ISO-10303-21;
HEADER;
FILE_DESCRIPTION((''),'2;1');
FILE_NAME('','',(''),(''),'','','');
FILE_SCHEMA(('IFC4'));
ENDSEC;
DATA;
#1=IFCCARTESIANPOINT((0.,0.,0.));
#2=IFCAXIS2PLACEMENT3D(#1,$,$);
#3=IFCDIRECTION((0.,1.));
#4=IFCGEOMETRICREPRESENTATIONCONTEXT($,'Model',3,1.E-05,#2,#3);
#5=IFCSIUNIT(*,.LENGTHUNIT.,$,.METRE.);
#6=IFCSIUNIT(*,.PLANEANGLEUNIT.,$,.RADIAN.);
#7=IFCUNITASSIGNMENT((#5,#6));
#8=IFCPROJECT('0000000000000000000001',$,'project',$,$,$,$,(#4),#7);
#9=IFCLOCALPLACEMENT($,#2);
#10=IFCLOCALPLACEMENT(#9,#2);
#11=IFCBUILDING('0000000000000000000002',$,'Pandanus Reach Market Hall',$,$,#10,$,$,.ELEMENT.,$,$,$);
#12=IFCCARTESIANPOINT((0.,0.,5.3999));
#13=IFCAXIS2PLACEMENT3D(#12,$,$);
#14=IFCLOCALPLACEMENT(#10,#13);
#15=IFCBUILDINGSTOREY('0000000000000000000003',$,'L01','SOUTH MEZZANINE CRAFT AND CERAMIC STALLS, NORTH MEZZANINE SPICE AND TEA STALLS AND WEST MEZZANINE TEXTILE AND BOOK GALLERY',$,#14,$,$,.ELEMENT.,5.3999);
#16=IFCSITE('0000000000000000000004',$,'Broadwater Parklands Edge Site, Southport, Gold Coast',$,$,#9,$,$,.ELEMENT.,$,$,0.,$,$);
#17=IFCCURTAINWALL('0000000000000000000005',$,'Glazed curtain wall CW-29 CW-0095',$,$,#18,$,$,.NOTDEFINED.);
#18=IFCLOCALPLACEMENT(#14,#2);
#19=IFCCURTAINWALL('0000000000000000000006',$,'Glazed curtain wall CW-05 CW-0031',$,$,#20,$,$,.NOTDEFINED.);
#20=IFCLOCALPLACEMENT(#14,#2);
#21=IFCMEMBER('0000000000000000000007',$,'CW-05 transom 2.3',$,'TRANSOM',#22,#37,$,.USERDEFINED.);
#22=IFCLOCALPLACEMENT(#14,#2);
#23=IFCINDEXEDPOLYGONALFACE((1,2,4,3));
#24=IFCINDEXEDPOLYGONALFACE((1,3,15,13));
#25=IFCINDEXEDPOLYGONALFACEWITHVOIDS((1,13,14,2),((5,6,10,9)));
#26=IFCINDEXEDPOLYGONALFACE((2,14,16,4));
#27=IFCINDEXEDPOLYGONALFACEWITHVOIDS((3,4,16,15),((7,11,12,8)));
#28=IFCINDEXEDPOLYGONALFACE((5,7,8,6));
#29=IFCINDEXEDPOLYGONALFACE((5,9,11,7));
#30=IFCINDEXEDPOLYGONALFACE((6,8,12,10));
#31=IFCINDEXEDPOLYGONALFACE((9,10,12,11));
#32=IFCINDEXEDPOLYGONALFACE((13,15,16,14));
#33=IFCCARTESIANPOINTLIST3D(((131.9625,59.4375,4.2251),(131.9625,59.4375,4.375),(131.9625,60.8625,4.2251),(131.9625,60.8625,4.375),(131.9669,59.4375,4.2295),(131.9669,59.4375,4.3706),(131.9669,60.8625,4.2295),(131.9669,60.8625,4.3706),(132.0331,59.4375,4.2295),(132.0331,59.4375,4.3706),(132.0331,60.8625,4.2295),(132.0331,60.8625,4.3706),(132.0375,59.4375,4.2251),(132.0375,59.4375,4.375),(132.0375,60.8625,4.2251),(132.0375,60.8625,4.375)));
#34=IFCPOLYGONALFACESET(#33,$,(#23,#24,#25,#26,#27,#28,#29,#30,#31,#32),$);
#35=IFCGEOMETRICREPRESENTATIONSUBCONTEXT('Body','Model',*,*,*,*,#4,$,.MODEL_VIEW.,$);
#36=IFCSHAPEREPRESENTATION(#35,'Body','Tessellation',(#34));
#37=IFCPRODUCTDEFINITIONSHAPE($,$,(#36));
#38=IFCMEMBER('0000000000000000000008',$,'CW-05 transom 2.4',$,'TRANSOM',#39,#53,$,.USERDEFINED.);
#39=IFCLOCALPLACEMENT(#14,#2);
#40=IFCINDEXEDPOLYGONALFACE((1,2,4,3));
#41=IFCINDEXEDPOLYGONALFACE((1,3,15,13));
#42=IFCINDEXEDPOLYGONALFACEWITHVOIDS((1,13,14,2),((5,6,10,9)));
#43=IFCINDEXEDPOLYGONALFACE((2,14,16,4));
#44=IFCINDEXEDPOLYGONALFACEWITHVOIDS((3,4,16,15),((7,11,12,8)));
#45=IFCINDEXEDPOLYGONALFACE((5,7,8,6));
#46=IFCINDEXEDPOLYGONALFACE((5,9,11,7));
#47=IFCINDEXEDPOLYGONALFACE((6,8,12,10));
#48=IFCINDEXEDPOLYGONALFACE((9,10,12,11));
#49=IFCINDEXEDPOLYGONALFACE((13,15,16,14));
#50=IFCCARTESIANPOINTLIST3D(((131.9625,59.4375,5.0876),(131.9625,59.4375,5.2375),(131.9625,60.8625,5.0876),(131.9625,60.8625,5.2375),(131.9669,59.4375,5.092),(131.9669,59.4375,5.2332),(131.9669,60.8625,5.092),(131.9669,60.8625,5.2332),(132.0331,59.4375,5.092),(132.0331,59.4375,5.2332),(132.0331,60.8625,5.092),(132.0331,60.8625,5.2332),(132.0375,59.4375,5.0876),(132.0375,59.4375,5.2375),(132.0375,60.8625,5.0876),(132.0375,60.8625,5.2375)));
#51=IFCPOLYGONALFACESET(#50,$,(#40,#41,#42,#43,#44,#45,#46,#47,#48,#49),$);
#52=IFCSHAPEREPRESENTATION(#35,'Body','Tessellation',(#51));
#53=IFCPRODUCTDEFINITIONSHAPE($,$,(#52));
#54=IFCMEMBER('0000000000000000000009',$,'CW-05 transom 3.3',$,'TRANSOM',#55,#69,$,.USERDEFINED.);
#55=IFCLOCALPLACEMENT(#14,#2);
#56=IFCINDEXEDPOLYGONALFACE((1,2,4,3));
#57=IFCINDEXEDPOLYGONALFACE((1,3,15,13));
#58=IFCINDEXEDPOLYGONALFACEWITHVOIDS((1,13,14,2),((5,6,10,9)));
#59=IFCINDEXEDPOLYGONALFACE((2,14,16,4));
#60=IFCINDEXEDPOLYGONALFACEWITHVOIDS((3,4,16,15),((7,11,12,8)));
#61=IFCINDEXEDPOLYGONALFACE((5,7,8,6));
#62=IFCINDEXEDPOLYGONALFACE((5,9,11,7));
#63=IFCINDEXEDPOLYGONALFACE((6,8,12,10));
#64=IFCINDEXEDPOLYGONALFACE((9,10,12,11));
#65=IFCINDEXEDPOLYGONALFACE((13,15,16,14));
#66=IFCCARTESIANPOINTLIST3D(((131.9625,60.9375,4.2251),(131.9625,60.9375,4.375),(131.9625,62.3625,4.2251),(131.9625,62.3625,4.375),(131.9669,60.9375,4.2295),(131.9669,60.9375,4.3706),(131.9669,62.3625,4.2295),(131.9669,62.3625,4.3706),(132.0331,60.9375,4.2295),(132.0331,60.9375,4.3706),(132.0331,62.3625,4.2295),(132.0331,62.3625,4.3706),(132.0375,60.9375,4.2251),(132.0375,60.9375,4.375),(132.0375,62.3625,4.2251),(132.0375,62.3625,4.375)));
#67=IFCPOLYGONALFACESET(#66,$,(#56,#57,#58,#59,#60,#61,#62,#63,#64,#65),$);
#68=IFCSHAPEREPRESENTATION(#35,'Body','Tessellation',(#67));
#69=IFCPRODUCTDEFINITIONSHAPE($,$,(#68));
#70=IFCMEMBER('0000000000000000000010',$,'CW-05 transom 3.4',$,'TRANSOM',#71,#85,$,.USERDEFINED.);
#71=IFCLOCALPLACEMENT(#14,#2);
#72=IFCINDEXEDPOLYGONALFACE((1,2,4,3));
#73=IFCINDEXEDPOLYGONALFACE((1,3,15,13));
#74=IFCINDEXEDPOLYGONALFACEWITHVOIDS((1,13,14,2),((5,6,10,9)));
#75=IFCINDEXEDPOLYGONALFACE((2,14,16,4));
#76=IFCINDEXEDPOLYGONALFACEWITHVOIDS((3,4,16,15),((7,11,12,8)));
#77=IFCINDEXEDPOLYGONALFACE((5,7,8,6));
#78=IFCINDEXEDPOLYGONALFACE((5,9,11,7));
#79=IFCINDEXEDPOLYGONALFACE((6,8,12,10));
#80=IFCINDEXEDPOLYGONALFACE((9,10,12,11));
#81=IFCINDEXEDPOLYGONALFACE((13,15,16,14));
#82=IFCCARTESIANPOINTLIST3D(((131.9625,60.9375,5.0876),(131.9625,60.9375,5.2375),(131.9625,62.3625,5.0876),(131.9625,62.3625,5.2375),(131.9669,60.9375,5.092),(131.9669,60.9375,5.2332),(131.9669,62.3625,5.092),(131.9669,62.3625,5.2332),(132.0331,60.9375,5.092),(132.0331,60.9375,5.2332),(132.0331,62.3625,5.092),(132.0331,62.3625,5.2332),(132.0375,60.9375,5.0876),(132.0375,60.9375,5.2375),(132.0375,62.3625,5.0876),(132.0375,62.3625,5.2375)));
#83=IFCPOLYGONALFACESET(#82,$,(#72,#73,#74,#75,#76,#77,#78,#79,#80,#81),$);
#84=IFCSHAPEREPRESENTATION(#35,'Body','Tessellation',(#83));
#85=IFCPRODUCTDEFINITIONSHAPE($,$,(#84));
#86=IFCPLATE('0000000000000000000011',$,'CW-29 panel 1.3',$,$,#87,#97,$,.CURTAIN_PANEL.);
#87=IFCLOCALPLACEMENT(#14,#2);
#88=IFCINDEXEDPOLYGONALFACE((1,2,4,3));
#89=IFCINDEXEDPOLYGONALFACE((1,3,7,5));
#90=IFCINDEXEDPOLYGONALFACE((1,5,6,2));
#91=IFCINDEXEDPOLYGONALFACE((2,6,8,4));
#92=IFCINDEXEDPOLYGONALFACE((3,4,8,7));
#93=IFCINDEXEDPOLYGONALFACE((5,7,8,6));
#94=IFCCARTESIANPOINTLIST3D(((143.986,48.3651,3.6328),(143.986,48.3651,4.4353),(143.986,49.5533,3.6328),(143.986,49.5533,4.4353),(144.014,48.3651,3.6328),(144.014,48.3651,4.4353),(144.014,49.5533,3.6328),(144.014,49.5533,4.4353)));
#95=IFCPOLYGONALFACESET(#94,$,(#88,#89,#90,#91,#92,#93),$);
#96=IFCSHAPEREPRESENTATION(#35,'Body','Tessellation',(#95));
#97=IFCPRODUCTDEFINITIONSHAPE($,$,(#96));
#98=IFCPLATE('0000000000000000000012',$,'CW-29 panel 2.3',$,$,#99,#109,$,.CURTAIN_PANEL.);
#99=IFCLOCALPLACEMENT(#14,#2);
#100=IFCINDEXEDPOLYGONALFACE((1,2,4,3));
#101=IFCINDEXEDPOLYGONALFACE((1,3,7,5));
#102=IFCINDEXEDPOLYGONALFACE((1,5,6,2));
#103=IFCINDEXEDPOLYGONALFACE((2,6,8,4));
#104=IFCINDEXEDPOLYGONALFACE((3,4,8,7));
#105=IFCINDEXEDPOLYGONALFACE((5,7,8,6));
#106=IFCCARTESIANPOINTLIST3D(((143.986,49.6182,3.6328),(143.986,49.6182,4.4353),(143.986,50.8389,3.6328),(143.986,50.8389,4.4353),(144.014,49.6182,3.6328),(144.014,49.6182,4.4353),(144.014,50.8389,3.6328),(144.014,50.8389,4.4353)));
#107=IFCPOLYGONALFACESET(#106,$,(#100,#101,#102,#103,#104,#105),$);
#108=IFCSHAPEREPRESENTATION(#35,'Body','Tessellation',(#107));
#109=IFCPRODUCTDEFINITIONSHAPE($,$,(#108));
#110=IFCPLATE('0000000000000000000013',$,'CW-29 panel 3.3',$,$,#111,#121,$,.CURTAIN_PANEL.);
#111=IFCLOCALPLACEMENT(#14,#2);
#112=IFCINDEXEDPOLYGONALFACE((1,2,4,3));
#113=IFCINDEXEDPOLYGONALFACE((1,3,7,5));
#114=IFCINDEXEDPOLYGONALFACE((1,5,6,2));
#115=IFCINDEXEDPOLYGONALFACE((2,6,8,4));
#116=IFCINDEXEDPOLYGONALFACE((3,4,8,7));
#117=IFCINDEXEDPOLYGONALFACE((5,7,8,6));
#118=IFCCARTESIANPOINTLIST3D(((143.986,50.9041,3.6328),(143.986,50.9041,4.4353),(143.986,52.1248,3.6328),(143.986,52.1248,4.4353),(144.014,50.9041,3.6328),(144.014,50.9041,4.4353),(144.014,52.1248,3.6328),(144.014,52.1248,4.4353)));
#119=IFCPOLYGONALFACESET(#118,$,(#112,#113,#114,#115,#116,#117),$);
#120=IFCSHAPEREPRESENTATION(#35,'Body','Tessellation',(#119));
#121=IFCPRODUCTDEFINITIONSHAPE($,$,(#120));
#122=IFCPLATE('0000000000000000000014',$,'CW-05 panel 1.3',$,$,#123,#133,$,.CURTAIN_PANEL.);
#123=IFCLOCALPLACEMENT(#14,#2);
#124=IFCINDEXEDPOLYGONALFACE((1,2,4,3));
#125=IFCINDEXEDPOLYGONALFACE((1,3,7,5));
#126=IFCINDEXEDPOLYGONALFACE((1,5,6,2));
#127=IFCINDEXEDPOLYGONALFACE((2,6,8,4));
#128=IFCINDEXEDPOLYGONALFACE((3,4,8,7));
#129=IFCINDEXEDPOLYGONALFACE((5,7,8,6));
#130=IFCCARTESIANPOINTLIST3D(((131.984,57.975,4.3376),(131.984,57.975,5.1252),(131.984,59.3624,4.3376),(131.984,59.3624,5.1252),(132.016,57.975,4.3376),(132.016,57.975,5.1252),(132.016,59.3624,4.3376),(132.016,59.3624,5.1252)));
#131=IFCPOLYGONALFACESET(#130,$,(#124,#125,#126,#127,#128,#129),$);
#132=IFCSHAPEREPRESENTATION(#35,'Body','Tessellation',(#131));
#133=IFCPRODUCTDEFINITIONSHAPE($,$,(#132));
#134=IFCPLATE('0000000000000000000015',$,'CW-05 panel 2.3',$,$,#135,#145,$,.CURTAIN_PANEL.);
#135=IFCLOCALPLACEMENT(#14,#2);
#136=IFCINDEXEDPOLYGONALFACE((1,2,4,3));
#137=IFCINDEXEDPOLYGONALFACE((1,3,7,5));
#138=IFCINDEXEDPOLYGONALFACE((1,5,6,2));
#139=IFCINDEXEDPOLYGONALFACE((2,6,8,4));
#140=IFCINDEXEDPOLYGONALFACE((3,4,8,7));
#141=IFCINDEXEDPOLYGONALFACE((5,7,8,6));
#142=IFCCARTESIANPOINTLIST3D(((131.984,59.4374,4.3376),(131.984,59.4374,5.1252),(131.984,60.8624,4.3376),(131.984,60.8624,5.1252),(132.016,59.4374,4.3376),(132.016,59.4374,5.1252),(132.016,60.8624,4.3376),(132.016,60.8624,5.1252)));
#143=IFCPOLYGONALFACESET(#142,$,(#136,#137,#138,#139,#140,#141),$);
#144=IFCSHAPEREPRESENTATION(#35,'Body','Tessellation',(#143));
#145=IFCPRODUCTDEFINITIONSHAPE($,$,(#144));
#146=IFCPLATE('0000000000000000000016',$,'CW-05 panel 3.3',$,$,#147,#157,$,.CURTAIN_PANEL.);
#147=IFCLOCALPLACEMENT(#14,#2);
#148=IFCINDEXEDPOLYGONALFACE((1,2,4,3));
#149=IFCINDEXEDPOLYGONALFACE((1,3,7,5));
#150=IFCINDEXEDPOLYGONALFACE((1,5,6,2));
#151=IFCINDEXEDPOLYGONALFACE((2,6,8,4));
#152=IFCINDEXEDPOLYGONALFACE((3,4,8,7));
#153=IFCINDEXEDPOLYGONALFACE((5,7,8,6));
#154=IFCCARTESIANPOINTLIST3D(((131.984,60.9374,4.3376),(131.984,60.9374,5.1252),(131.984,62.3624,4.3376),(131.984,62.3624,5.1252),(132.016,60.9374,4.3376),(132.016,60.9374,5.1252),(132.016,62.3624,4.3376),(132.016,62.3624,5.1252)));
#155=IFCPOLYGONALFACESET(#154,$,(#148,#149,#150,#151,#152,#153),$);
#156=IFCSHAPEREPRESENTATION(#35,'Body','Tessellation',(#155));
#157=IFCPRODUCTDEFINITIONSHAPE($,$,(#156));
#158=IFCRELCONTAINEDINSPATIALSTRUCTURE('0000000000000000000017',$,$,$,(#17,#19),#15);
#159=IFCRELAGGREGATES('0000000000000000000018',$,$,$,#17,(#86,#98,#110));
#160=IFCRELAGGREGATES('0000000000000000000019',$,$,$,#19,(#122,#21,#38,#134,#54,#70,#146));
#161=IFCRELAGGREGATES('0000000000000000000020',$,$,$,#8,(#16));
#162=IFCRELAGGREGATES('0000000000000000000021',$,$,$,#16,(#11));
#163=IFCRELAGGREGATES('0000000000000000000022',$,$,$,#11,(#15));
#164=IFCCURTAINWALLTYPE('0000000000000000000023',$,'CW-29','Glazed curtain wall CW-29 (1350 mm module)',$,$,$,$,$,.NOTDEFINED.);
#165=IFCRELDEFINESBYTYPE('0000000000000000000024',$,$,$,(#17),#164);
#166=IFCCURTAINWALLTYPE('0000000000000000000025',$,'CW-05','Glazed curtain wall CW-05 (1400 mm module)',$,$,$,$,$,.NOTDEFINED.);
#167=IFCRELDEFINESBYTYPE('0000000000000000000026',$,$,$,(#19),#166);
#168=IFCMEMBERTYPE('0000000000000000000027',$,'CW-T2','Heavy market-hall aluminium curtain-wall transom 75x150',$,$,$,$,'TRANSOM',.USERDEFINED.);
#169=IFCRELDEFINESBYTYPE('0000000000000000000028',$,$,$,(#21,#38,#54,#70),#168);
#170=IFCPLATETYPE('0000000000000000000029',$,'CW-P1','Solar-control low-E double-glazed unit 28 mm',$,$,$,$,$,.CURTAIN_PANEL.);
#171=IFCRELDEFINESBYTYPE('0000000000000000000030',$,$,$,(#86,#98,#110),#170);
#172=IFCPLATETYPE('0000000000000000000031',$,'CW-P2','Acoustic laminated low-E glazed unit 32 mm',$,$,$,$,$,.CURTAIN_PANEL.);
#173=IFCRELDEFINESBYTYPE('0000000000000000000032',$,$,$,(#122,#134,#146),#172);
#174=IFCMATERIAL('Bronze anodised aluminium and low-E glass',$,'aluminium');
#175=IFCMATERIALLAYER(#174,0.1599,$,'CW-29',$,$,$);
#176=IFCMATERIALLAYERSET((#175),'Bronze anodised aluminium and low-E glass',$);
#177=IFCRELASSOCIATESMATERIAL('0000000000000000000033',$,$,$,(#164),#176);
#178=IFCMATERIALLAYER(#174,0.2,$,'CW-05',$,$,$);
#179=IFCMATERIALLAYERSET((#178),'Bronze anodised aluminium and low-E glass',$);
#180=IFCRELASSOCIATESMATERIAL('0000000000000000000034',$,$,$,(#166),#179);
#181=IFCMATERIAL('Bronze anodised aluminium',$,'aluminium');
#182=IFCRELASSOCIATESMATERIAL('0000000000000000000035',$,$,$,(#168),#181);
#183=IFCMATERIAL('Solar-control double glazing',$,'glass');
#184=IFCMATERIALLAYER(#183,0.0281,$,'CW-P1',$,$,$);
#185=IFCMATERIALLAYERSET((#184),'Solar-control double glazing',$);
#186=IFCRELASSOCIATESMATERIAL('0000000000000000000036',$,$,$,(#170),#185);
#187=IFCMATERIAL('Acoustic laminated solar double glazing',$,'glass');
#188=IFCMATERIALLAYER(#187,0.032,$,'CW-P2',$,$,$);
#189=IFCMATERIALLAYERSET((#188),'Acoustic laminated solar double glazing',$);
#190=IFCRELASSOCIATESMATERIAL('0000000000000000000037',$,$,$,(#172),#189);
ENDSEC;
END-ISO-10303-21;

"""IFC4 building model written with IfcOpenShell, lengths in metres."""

from ifc_helpers import new_model, si_unit, direction, frame, origin, origin_2d, place, context, subcontext, project, spatial, rectangle, hollow_rectangle, extrude, material, layer, layer_set, material_profile, profile_set, type_object, element, aggregate, save


model = new_model("IFC4")

# Units and contexts
model_context = context("Model", 3, precision=1e-05, world=origin(), true_north=direction((0.0, 1.0)))
body_context = subcontext(model_context, "Body", "Model", "MODEL_VIEW")
ifc_project = project(units=[si_unit("LENGTHUNIT", "METRE"), si_unit("PLANEANGLEUNIT", "RADIAN")], contexts=[model_context])

# Site, building, storey
site_placement = place(None, origin())
site = spatial("IfcSite", under=ifc_project, at=site_placement, Name="Broadwater Parklands Edge Site, Southport, Gold Coast", CompositionType="ELEMENT", RefElevation=0.0)
building_placement = place(site_placement, origin())
building = spatial("IfcBuilding", under=site, at=building_placement, Name="Pandanus Reach Market Hall", CompositionType="ELEMENT")
storey_placement = place(building_placement, frame((0.0, 0.0, 5.3999)))
storey = spatial("IfcBuildingStorey", under=building, at=storey_placement, Name="L01", Description="SOUTH MEZZANINE CRAFT AND CERAMIC STALLS, NORTH MEZZANINE SPICE AND TEA STALLS AND WEST MEZZANINE TEXTILE AND BOOK GALLERY", CompositionType="ELEMENT", Elevation=5.3999)

# Curtain walls, members
ifc_material_1 = material(Name="Bronze anodised aluminium and low-E glass", Category="aluminium")
ifc_layer_1 = layer(ifc_material_1, 0.1599, Name="CW-29")
ifc_layer_set_1 = layer_set([ifc_layer_1], Name="Bronze anodised aluminium and low-E glass")
curtain_wall_type_1 = type_object("IfcCurtainWallType", Name="CW-29", Description="Glazed curtain wall CW-29 (1350 mm module)", PredefinedType="NOTDEFINED", material=ifc_layer_set_1)
curtain_wall_1_placement = place(storey_placement, origin())
curtain_wall_1 = element("IfcCurtainWall", 1, at=curtain_wall_1_placement, inside=storey, type_object=curtain_wall_type_1, Name="Glazed curtain wall CW-29 CW-0095", PredefinedType="NOTDEFINED")
ifc_material_2 = material(Name="Bronze anodised aluminium", Category="aluminium")
ifc_layer_2 = layer(ifc_material_1, 0.2, Name="CW-05")
ifc_layer_set_2 = layer_set([ifc_layer_2], Name="Bronze anodised aluminium and low-E glass")
curtain_wall_type_2 = type_object("IfcCurtainWallType", Name="CW-05", Description="Glazed curtain wall CW-05 (1400 mm module)", PredefinedType="NOTDEFINED", material=ifc_layer_set_2)
curtain_wall_2_placement = place(storey_placement, origin())
curtain_wall_2 = element("IfcCurtainWall", 2, at=curtain_wall_2_placement, inside=storey, type_object=curtain_wall_type_2, Name="Glazed curtain wall CW-05 CW-0031", PredefinedType="NOTDEFINED")
ifc_material_profile_1 = material_profile(ifc_material_2, hollow_rectangle(XDim=0.075, YDim=0.1499, WallThickness=0.0044, at=origin_2d()), Name="ALU75x150", Category="LoadBearing")
ifc_profile_set_1 = profile_set([ifc_material_profile_1], Name="Bronze anodised aluminium")
member_type_1 = type_object("IfcMemberType", Name="CW-T2", Description="Heavy market-hall aluminium curtain-wall transom 75x150", ElementType="TRANSOM", PredefinedType="USERDEFINED", material=ifc_profile_set_1)
member_1_placement = place(storey_placement, frame((132.0, 59.4375, 4.3), z_axis=(0.0, 1.0, 0.0), x_axis=(-1.0, 0.0, 0.0)))
member_1 = element("IfcMember", 3, at=member_1_placement, type_object=member_type_1, Name="CW-05 transom 2.3", ObjectType="TRANSOM", PredefinedType="USERDEFINED", context=body_context, shape_type="SweptSolid", body=[
    extrude(hollow_rectangle(XDim=0.075, YDim=0.1499, WallThickness=0.0044, at=origin_2d()), origin(), (0.0, 0.0, 1.0), 1.425),
])
member_2_placement = place(storey_placement, frame((132.0, 59.4375, 5.1626), z_axis=(0.0, 1.0, 0.0), x_axis=(-1.0, 0.0, 0.0)))
member_2 = element("IfcMember", 4, at=member_2_placement, type_object=member_type_1, Name="CW-05 transom 2.4", ObjectType="TRANSOM", PredefinedType="USERDEFINED", context=body_context, shape_type="SweptSolid", body=[
    extrude(hollow_rectangle(XDim=0.075, YDim=0.1499, WallThickness=0.0044, at=origin_2d()), origin(), (0.0, 0.0, 1.0), 1.425),
])
member_3_placement = place(storey_placement, frame((132.0, 60.9375, 4.3), z_axis=(0.0, 1.0, 0.0), x_axis=(-1.0, 0.0, 0.0)))
member_3 = element("IfcMember", 5, at=member_3_placement, type_object=member_type_1, Name="CW-05 transom 3.3", ObjectType="TRANSOM", PredefinedType="USERDEFINED", context=body_context, shape_type="SweptSolid", body=[
    extrude(hollow_rectangle(XDim=0.075, YDim=0.1499, WallThickness=0.0044, at=origin_2d()), origin(), (0.0, 0.0, 1.0), 1.425),
])
member_4_placement = place(storey_placement, frame((132.0, 60.9375, 5.1626), z_axis=(0.0, 1.0, 0.0), x_axis=(-1.0, 0.0, 0.0)))
member_4 = element("IfcMember", 6, at=member_4_placement, type_object=member_type_1, Name="CW-05 transom 3.4", ObjectType="TRANSOM", PredefinedType="USERDEFINED", context=body_context, shape_type="SweptSolid", body=[
    extrude(hollow_rectangle(XDim=0.075, YDim=0.1499, WallThickness=0.0044, at=origin_2d()), origin(), (0.0, 0.0, 1.0), 1.425),
])

# Plates
ifc_material_3 = material(Name="Solar-control double glazing", Category="glass")
ifc_layer_3 = layer(ifc_material_3, 0.0281, Name="CW-P1")
ifc_layer_set_3 = layer_set([ifc_layer_3], Name="Solar-control double glazing")
plate_type_1 = type_object("IfcPlateType", Name="CW-P1", Description="Solar-control low-E double-glazed unit 28 mm", PredefinedType="CURTAIN_PANEL", material=ifc_layer_set_3)
plate_1_placement = place(storey_placement, frame((144.0, 48.9592, 3.6328), z_axis=(0.0, 0.0, 1.0), x_axis=(0.0, 1.0, 0.0)))
plate_1 = element("IfcPlate", 7, at=plate_1_placement, type_object=plate_type_1, Name="CW-29 panel 1.3", PredefinedType="CURTAIN_PANEL", context=body_context, shape_type="SweptSolid", body=[
    extrude(rectangle(XDim=1.1882, YDim=0.0281, at=origin_2d()), origin(), (0.0, 0.0, 1.0), 0.8025),
])
plate_2_placement = place(storey_placement, frame((144.0, 50.2285, 3.6328), z_axis=(0.0, 0.0, 1.0), x_axis=(0.0, 1.0, 0.0)))
plate_2 = element("IfcPlate", 8, at=plate_2_placement, type_object=plate_type_1, Name="CW-29 panel 2.3", PredefinedType="CURTAIN_PANEL", context=body_context, shape_type="SweptSolid", body=[
    extrude(rectangle(XDim=1.2207, YDim=0.0281, at=origin_2d()), origin(), (0.0, 0.0, 1.0), 0.8025),
])
plate_3_placement = place(storey_placement, frame((144.0, 51.5144, 3.6328), z_axis=(0.0, 0.0, 1.0), x_axis=(0.0, 1.0, 0.0)))
plate_3 = element("IfcPlate", 9, at=plate_3_placement, type_object=plate_type_1, Name="CW-29 panel 3.3", PredefinedType="CURTAIN_PANEL", context=body_context, shape_type="SweptSolid", body=[
    extrude(rectangle(XDim=1.2207, YDim=0.0281, at=origin_2d()), origin(), (0.0, 0.0, 1.0), 0.8025),
])
aggregate(curtain_wall_1, [plate_1, plate_2, plate_3])
ifc_material_4 = material(Name="Acoustic laminated solar double glazing", Category="glass")
ifc_layer_4 = layer(ifc_material_4, 0.032, Name="CW-P2")
ifc_layer_set_4 = layer_set([ifc_layer_4], Name="Acoustic laminated solar double glazing")
plate_type_2 = type_object("IfcPlateType", Name="CW-P2", Description="Acoustic laminated low-E glazed unit 32 mm", PredefinedType="CURTAIN_PANEL", material=ifc_layer_set_4)
plate_4_placement = place(storey_placement, frame((132.0, 58.6687, 4.3376), z_axis=(0.0, 0.0, 1.0), x_axis=(0.0, 1.0, 0.0)))
plate_4 = element("IfcPlate", 10, at=plate_4_placement, type_object=plate_type_2, Name="CW-05 panel 1.3", PredefinedType="CURTAIN_PANEL", context=body_context, shape_type="SweptSolid", body=[
    extrude(rectangle(XDim=1.3875, YDim=0.032, at=origin_2d()), origin(), (0.0, 0.0, 1.0), 0.7876),
])
plate_5_placement = place(storey_placement, frame((132.0, 60.1499, 4.3376), z_axis=(0.0, 0.0, 1.0), x_axis=(0.0, 1.0, 0.0)))
plate_5 = element("IfcPlate", 11, at=plate_5_placement, type_object=plate_type_2, Name="CW-05 panel 2.3", PredefinedType="CURTAIN_PANEL", context=body_context, shape_type="SweptSolid", body=[
    extrude(rectangle(XDim=1.425, YDim=0.032, at=origin_2d()), origin(), (0.0, 0.0, 1.0), 0.7876),
])
plate_6_placement = place(storey_placement, frame((132.0, 61.6499, 4.3376), z_axis=(0.0, 0.0, 1.0), x_axis=(0.0, 1.0, 0.0)))
plate_6 = element("IfcPlate", 12, at=plate_6_placement, type_object=plate_type_2, Name="CW-05 panel 3.3", PredefinedType="CURTAIN_PANEL", context=body_context, shape_type="SweptSolid", body=[
    extrude(rectangle(XDim=1.425, YDim=0.032, at=origin_2d()), origin(), (0.0, 0.0, 1.0), 0.7876),
])
aggregate(curtain_wall_2, [plate_4, member_1, member_2, plate_5, member_3, member_4, plate_6])

save(model, "model.ifc")
